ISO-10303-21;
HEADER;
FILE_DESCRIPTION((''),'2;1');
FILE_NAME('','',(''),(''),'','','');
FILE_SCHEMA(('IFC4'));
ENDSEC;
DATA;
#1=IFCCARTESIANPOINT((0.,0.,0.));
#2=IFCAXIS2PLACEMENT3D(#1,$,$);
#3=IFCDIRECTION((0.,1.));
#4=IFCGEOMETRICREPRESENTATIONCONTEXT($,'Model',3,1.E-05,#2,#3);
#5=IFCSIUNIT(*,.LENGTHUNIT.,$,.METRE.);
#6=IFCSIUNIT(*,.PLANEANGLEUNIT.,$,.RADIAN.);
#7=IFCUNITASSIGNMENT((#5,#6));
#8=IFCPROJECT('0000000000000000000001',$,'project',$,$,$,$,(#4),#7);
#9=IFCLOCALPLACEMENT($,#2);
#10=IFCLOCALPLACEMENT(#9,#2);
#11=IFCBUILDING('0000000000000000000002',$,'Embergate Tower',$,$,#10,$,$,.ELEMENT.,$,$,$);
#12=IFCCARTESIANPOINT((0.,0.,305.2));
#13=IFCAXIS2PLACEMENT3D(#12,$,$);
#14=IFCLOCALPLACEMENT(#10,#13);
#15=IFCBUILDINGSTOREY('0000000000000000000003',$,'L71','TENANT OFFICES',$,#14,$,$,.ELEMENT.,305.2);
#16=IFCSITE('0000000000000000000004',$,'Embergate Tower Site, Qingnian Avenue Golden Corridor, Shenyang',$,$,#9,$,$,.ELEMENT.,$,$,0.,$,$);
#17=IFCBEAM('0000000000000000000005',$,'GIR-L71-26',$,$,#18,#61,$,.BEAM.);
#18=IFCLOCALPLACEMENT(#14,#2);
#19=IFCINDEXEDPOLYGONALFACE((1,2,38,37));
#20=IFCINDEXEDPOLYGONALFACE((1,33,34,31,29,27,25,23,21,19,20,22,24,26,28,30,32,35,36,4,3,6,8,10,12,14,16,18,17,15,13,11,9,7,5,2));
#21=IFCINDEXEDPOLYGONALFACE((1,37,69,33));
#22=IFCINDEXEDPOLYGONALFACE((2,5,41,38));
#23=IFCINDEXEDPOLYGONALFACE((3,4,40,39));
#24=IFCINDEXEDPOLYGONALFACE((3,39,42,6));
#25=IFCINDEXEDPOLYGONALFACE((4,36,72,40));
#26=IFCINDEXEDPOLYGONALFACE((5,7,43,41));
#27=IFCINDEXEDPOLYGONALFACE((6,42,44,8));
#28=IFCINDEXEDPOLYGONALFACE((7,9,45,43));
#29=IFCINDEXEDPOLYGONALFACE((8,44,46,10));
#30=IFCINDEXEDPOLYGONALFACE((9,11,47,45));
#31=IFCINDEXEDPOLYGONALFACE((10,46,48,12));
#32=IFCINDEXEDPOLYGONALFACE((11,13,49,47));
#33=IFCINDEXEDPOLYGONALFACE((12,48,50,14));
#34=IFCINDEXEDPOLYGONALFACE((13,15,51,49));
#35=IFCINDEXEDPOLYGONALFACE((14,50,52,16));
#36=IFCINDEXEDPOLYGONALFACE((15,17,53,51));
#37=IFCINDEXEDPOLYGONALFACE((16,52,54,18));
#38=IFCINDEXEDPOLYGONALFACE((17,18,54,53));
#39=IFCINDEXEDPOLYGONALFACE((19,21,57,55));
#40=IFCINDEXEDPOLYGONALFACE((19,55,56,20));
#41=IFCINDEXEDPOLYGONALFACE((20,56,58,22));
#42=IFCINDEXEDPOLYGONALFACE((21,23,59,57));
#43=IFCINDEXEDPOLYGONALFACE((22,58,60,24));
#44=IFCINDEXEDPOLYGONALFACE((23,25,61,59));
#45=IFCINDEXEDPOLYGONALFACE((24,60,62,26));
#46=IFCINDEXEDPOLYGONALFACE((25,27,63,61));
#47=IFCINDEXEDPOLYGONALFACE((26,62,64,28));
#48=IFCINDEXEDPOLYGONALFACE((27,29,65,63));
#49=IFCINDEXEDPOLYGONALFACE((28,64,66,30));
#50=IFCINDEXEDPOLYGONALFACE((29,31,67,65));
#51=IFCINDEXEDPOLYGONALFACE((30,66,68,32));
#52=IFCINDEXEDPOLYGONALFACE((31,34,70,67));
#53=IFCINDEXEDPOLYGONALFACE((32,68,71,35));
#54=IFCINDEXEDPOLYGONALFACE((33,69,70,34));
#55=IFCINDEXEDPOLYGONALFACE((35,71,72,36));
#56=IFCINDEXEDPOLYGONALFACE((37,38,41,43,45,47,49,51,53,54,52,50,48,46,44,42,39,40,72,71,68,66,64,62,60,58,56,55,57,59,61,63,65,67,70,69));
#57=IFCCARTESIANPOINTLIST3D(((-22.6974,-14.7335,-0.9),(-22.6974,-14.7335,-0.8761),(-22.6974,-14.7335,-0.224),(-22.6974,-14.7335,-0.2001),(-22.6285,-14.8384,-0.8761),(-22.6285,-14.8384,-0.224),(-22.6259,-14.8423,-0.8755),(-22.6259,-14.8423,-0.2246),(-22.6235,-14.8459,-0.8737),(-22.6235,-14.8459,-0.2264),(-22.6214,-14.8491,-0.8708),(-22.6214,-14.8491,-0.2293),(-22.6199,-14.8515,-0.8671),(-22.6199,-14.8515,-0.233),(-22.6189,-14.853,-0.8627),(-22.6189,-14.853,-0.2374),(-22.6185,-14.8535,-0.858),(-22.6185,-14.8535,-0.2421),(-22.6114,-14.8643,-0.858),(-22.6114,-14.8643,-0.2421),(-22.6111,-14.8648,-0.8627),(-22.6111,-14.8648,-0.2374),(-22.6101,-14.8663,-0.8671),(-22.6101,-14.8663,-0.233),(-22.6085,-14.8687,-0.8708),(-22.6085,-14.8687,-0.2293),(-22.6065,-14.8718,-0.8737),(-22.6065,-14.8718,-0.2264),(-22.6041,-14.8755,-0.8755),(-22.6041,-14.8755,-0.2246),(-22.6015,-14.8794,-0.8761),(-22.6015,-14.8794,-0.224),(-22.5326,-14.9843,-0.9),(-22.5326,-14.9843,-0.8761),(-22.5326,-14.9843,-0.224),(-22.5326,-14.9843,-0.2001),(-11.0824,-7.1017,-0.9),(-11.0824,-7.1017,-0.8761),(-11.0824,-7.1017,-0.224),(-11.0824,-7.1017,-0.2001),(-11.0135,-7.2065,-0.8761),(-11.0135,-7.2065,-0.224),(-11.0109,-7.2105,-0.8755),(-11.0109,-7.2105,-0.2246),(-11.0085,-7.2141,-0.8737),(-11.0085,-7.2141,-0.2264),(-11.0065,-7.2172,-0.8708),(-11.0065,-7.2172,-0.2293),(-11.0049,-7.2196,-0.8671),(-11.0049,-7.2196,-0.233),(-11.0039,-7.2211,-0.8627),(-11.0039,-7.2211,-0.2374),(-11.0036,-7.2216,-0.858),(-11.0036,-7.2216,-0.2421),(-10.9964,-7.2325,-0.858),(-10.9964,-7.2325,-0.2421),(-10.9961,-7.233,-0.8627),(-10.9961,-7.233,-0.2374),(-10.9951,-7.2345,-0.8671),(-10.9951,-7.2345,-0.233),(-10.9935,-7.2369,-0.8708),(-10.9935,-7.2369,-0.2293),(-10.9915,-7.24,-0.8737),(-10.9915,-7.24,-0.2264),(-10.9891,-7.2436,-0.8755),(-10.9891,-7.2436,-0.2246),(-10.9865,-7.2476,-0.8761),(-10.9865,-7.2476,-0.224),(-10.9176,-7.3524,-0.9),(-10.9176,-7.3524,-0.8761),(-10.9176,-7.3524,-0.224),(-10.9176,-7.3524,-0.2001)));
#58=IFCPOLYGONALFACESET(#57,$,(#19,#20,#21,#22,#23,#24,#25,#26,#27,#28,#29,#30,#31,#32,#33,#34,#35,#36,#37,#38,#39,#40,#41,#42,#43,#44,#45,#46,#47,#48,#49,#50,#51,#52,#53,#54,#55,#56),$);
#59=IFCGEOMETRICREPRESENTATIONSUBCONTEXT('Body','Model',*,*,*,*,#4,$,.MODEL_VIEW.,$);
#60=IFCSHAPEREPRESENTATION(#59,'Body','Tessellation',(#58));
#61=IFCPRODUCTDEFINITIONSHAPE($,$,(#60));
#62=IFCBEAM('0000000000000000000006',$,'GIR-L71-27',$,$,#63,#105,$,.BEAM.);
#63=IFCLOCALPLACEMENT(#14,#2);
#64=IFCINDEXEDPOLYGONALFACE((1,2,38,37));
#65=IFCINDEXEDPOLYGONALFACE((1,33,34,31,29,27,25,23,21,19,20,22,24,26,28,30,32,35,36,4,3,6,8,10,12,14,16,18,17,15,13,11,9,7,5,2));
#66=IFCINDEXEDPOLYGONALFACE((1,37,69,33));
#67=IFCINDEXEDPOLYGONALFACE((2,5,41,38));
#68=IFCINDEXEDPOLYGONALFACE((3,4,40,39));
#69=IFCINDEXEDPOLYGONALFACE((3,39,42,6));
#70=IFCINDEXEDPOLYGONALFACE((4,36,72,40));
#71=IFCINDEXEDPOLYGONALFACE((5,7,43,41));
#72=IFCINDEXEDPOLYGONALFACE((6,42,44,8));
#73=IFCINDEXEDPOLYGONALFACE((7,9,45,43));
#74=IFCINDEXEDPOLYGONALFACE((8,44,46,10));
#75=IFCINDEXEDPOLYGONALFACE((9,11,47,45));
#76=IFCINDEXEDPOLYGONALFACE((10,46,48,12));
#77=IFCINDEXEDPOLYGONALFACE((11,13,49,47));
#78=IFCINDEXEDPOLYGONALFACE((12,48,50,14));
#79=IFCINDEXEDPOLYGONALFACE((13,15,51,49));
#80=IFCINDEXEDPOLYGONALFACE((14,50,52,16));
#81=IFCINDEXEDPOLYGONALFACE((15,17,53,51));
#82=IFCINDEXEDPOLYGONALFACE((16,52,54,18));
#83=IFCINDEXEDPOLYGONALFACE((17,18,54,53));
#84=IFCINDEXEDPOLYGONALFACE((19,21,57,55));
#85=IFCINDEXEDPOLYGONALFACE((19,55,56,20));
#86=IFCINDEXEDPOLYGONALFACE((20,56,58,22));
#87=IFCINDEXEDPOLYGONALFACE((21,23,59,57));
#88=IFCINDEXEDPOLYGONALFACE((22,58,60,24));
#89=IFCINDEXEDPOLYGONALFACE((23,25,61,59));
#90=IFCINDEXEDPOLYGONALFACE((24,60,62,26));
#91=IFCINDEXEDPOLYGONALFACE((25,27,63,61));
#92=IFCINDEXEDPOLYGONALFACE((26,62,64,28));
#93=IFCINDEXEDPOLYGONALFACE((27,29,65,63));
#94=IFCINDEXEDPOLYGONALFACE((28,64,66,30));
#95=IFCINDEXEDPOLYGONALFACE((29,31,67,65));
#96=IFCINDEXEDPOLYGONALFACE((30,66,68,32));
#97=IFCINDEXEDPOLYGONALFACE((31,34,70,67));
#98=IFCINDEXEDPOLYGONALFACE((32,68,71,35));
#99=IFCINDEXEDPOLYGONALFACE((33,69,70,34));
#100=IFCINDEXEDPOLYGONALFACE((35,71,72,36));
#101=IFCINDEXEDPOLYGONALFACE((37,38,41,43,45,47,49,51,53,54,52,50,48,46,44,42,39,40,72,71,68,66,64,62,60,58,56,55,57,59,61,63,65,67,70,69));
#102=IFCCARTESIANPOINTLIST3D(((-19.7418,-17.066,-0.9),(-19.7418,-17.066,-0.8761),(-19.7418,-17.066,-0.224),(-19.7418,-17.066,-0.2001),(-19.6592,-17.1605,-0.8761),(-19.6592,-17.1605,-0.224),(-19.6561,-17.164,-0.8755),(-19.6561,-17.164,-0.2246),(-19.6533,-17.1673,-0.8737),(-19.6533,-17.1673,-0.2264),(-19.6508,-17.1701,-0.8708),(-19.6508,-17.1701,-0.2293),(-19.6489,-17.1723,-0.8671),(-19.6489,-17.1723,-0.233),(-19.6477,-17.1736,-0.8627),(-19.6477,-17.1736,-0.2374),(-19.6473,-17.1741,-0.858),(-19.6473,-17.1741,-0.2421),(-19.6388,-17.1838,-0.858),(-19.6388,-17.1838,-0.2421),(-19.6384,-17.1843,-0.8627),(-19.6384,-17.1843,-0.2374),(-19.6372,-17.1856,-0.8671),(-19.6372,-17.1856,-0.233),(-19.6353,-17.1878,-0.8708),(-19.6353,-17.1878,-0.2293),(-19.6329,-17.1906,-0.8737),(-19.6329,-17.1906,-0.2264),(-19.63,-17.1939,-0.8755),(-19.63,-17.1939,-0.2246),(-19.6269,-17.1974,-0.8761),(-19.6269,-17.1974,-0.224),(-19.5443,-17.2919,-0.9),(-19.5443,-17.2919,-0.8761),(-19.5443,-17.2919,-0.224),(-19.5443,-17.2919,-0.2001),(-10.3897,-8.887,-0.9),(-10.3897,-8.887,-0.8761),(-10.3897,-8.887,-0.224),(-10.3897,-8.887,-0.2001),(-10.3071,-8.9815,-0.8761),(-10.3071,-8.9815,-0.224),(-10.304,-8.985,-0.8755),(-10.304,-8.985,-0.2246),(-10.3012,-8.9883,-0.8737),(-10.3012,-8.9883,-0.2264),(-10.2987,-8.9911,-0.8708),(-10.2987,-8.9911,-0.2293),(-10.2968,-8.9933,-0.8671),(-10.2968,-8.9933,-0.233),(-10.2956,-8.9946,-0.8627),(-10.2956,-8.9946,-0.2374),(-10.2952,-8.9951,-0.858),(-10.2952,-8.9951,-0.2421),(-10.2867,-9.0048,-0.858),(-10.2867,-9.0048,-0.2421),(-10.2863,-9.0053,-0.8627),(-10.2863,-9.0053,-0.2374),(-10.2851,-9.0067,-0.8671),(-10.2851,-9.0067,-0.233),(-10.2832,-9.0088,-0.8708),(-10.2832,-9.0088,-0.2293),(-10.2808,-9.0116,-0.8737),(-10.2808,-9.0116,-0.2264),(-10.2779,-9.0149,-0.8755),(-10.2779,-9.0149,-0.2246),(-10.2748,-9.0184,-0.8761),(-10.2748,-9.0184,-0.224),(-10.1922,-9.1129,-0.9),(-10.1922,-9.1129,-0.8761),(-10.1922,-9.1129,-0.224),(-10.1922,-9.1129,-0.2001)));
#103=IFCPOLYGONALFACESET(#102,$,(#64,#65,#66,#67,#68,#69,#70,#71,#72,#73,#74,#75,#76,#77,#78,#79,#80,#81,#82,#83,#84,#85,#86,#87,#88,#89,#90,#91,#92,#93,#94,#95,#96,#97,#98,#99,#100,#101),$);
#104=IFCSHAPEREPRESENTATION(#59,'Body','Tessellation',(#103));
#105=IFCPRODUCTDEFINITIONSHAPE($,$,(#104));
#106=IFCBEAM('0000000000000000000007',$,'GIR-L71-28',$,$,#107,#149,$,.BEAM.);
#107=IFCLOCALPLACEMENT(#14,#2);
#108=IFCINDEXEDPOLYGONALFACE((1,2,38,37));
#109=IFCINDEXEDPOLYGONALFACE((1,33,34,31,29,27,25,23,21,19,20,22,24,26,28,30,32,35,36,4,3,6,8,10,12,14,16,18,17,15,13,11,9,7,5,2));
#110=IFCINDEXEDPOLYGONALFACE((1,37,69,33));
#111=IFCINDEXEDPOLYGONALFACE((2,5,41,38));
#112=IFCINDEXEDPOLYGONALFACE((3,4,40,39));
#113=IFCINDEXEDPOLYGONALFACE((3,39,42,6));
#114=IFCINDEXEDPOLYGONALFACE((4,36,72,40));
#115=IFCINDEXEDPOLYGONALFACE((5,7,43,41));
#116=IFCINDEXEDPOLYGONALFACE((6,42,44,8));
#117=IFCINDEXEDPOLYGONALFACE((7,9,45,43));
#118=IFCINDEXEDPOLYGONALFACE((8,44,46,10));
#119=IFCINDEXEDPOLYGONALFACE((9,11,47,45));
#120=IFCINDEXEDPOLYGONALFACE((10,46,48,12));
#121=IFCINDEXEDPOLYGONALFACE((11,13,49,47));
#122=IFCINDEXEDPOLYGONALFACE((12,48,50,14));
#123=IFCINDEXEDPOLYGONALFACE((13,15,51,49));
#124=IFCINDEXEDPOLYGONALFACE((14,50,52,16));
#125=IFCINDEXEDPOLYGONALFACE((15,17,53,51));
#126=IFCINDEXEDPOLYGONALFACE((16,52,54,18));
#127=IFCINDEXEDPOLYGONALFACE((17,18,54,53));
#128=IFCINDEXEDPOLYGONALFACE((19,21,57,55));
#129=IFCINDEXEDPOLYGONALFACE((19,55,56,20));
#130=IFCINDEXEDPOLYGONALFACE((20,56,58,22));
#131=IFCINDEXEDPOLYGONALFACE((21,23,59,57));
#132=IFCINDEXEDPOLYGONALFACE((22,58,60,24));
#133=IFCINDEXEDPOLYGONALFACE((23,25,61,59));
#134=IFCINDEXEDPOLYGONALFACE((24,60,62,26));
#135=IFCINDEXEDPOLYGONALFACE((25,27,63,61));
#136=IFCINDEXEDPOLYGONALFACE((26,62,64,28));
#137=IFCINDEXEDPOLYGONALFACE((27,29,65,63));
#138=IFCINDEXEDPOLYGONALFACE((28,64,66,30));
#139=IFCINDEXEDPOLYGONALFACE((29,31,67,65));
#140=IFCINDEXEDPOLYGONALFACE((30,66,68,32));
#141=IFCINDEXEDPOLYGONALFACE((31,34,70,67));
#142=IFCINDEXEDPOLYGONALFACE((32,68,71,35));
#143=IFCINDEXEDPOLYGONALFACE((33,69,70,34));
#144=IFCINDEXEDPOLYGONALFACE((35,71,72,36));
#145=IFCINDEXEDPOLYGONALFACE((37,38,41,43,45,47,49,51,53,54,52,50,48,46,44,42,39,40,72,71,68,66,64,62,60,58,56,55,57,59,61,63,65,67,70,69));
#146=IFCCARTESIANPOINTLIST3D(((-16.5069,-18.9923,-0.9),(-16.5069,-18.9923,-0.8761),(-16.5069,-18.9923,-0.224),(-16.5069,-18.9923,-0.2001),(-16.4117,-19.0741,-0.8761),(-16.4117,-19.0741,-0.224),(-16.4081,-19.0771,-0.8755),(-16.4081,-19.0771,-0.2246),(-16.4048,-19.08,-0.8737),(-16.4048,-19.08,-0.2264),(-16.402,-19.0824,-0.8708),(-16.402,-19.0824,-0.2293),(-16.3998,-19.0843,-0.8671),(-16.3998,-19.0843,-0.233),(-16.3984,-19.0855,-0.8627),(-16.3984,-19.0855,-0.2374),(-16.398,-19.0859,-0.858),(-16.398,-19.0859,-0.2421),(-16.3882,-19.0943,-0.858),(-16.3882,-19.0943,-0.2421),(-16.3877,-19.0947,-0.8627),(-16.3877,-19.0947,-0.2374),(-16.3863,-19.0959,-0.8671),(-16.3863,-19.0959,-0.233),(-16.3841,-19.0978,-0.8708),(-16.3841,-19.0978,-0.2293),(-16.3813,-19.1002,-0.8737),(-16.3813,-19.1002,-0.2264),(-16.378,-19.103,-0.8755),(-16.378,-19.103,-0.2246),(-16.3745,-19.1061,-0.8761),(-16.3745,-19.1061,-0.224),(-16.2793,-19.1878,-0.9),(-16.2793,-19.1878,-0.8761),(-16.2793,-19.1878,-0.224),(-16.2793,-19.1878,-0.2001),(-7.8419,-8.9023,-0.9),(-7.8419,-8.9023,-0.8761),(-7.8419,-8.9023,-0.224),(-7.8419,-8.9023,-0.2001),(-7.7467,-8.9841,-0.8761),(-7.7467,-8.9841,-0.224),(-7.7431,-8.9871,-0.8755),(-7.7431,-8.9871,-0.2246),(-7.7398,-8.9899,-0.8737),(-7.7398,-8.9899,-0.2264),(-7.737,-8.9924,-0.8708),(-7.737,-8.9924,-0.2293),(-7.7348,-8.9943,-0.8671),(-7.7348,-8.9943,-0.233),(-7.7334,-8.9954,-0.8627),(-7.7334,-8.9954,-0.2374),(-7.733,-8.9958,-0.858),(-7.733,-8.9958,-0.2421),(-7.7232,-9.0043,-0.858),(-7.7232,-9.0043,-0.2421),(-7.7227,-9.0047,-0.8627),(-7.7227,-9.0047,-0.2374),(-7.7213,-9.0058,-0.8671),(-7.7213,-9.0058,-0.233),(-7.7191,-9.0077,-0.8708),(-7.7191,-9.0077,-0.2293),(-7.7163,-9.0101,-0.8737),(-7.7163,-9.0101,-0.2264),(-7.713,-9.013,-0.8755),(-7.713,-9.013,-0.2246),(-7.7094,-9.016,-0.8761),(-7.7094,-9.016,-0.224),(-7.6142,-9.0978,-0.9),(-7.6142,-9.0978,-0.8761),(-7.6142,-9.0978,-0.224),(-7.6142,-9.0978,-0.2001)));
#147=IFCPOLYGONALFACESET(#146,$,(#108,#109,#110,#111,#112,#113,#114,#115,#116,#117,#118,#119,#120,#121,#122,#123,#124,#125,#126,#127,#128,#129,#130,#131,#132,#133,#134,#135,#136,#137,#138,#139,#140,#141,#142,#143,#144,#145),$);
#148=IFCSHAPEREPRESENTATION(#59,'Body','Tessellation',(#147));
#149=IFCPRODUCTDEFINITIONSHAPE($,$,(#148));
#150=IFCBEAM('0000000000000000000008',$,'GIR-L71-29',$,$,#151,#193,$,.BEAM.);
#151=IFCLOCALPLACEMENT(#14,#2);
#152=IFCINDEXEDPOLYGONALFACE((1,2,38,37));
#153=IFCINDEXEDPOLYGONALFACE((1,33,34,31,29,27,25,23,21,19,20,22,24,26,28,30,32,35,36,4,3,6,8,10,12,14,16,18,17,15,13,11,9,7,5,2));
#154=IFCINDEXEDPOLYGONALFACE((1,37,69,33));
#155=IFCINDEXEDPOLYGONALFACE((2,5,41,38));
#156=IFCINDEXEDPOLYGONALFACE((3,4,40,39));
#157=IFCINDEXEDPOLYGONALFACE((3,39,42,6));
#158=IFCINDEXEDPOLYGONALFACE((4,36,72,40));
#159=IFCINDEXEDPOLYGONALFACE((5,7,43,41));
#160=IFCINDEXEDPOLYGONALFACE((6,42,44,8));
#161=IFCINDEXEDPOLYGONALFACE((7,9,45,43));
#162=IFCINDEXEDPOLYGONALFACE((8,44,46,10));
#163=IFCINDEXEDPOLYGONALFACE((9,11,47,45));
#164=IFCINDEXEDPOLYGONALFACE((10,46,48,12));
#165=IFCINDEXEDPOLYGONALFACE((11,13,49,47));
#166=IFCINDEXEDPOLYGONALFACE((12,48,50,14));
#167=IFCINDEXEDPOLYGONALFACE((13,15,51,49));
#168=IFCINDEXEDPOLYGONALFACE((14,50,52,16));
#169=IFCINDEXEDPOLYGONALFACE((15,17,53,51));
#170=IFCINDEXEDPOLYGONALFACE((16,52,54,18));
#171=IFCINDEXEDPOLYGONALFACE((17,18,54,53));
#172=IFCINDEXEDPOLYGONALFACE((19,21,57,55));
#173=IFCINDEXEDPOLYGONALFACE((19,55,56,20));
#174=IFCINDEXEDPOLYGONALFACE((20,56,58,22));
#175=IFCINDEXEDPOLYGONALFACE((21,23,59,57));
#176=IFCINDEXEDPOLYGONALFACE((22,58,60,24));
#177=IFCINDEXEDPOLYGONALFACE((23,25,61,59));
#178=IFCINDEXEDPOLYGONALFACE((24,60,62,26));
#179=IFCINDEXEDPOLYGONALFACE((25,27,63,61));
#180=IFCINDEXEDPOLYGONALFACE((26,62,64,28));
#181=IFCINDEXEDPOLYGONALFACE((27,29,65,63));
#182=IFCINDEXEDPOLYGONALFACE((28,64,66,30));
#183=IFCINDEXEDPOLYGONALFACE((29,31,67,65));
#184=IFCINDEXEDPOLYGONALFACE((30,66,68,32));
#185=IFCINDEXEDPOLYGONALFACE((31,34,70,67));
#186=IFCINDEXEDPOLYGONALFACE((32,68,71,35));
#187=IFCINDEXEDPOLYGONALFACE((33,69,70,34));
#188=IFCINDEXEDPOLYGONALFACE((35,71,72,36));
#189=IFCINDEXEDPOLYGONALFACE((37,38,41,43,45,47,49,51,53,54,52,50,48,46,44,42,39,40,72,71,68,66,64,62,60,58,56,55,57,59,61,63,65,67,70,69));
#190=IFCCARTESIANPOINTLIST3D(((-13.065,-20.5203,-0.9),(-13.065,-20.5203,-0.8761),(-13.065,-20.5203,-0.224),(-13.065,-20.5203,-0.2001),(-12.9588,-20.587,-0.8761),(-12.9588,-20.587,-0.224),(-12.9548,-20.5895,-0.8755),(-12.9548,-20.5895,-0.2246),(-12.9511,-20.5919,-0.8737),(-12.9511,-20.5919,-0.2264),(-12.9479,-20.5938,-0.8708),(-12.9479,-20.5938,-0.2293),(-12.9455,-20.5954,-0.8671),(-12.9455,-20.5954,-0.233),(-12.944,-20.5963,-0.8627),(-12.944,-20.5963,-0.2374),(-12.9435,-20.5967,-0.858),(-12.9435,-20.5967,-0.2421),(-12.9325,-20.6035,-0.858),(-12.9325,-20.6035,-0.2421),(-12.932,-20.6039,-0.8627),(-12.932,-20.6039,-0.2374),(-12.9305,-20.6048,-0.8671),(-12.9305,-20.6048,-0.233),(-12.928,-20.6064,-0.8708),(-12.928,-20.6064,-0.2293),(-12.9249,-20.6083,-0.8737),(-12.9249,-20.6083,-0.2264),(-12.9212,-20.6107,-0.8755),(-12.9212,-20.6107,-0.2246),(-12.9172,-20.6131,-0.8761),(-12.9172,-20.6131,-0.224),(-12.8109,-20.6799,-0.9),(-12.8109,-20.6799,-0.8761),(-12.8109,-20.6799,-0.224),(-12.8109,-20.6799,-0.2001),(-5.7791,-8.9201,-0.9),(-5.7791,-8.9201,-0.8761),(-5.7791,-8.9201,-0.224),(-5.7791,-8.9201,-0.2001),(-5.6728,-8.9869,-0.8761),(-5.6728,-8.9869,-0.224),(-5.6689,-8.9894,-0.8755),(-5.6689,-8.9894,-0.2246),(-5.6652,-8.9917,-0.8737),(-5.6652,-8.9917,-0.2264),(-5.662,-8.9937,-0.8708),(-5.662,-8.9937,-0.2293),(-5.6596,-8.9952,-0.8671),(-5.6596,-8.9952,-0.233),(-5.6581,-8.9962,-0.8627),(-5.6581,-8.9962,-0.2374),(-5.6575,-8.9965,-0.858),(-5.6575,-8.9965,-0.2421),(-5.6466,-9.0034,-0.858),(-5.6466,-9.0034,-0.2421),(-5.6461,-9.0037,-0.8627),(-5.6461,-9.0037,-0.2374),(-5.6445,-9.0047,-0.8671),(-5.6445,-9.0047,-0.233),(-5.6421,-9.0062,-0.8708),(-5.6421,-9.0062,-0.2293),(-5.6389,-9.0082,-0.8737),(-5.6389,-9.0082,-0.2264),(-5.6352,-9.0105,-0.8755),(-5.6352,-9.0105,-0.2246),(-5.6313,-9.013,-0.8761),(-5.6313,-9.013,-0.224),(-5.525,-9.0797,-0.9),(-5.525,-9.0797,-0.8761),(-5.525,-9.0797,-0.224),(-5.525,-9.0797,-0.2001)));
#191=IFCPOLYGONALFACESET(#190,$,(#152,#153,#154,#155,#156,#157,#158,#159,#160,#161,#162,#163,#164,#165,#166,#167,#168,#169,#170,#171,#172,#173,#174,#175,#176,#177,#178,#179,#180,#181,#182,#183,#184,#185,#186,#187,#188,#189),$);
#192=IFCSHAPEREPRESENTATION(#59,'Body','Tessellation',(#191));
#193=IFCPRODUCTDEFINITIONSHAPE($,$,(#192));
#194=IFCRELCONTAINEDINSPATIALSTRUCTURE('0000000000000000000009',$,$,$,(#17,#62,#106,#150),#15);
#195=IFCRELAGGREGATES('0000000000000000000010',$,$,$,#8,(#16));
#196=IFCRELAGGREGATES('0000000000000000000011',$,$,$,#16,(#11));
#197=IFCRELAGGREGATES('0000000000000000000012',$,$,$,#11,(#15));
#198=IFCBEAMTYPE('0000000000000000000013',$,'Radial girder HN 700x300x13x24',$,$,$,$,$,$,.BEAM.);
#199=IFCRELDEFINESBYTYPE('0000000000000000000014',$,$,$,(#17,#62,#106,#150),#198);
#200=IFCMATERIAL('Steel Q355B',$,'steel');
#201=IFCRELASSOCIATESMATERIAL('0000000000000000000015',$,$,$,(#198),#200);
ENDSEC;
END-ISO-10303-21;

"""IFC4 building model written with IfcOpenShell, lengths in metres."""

from ifc_helpers import new_model, si_unit, direction, frame, origin, origin_2d, place, context, subcontext, project, spatial, i_section, extrude, source, transform, mapped, material, material_profile, profile_set, type_object, element, save


model = new_model("IFC4")

# Units and contexts
model_context = context("Model", 3, precision=1e-05, world=origin(), true_north=direction((0.0, 1.0)))
body_context = subcontext(model_context, "Body", "Model", "MODEL_VIEW")
ifc_project = project(units=[si_unit("LENGTHUNIT", "METRE"), si_unit("PLANEANGLEUNIT", "RADIAN")], contexts=[model_context])

# Site, building, storey
site_placement = place(None, origin())
site = spatial("IfcSite", under=ifc_project, at=site_placement, Name="Embergate Tower Site, Qingnian Avenue Golden Corridor, Shenyang", CompositionType="ELEMENT", RefElevation=0.0)
building_placement = place(site_placement, origin())
building = spatial("IfcBuilding", under=site, at=building_placement, Name="Embergate Tower", CompositionType="ELEMENT")
storey_placement = place(building_placement, frame((0.0, 0.0, 305.2)))
storey = spatial("IfcBuildingStorey", under=building, at=storey_placement, Name="L71", Description="TENANT OFFICES", CompositionType="ELEMENT", Elevation=305.2)

# Beams
ifc_material_1 = material(Name="Steel Q355B", Category="steel")
ifc_material_profile_1 = material_profile(ifc_material_1, i_section(OverallWidth=0.3, OverallDepth=0.7, WebThickness=0.0129, FlangeThickness=0.0239, FilletRadius=0.0181, at=origin_2d()), Name="HN 700x300x13x24")
ifc_profile_set_1 = profile_set([ifc_material_profile_1], Name="Steel Q355 grade B")
beam_type_1 = type_object("IfcBeamType", Name="Radial girder HN 700x300x13x24", PredefinedType="BEAM", material=ifc_profile_set_1)
shared_shape_1 = source(origin(), body_context, "Body", "SweptSolid", [
    extrude(i_section(OverallWidth=0.3, OverallDepth=0.7, WebThickness=0.0129, FlangeThickness=0.0239, FilletRadius=0.0181, at=origin_2d()), origin(), (0.0, 0.0, 1.0), 13.8979),
])
beam_1_placement = place(storey_placement, frame((-22.615, -14.8589, -0.55), z_axis=(0.835734, 0.549134, 0.0), x_axis=(-0.549134, 0.835734, 0.0)))
element("IfcBeam", 1, at=beam_1_placement, inside=storey, type_object=beam_type_1, Name="GIR-L71-26", PredefinedType="BEAM", context=body_context, shape_type="MappedRepresentation", body=[
    mapped(shared_shape_1, transform((0.0, 0.0, 0.0))),
])
shared_shape_2 = source(origin(), body_context, "Body", "SweptSolid", [
    extrude(i_section(OverallWidth=0.3, OverallDepth=0.7, WebThickness=0.0129, FlangeThickness=0.0239, FilletRadius=0.0181, at=origin_2d()), origin(), (0.0, 0.0, 1.0), 12.4241),
])
beam_2_placement = place(storey_placement, frame((-19.6431, -17.179, -0.55), z_axis=(0.75274, 0.658318, 0.0), x_axis=(-0.658318, 0.75274, 0.0)))
element("IfcBeam", 2, at=beam_2_placement, inside=storey, type_object=beam_type_1, Name="GIR-L71-27", PredefinedType="BEAM", context=body_context, shape_type="MappedRepresentation", body=[
    mapped(shared_shape_2, transform((0.0, 0.0, 0.0))),
])
shared_shape_3 = source(origin(), body_context, "Body", "SweptSolid", [
    extrude(i_section(OverallWidth=0.3, OverallDepth=0.7, WebThickness=0.0129, FlangeThickness=0.0239, FilletRadius=0.0181, at=origin_2d()), origin(), (0.0, 0.0, 1.0), 13.3),
])
beam_3_placement = place(storey_placement, frame((-16.3931, -19.0901, -0.55), z_axis=(0.651502, 0.758647, 0.0), x_axis=(-0.758647, 0.651502, 0.0)))
element("IfcBeam", 3, at=beam_3_placement, inside=storey, type_object=beam_type_1, Name="GIR-L71-28", PredefinedType="BEAM", context=body_context, shape_type="MappedRepresentation", body=[
    mapped(shared_shape_3, transform((0.0, 0.0, 0.0))),
])
shared_shape_4 = source(origin(), body_context, "Body", "SweptSolid", [
    extrude(i_section(OverallWidth=0.3, OverallDepth=0.7, WebThickness=0.0129, FlangeThickness=0.0239, FilletRadius=0.0181, at=origin_2d()), origin(), (0.0, 0.0, 1.0), 13.6985),
])
beam_4_placement = place(storey_placement, frame((-12.938, -20.6001, -0.55), z_axis=(0.531878, 0.846821, 0.0), x_axis=(-0.846821, 0.531878, 0.0)))
element("IfcBeam", 4, at=beam_4_placement, inside=storey, type_object=beam_type_1, Name="GIR-L71-29", PredefinedType="BEAM", context=body_context, shape_type="MappedRepresentation", body=[
    mapped(shared_shape_4, transform((0.0, 0.0, 0.0))),
])

save(model, "model.ifc")
